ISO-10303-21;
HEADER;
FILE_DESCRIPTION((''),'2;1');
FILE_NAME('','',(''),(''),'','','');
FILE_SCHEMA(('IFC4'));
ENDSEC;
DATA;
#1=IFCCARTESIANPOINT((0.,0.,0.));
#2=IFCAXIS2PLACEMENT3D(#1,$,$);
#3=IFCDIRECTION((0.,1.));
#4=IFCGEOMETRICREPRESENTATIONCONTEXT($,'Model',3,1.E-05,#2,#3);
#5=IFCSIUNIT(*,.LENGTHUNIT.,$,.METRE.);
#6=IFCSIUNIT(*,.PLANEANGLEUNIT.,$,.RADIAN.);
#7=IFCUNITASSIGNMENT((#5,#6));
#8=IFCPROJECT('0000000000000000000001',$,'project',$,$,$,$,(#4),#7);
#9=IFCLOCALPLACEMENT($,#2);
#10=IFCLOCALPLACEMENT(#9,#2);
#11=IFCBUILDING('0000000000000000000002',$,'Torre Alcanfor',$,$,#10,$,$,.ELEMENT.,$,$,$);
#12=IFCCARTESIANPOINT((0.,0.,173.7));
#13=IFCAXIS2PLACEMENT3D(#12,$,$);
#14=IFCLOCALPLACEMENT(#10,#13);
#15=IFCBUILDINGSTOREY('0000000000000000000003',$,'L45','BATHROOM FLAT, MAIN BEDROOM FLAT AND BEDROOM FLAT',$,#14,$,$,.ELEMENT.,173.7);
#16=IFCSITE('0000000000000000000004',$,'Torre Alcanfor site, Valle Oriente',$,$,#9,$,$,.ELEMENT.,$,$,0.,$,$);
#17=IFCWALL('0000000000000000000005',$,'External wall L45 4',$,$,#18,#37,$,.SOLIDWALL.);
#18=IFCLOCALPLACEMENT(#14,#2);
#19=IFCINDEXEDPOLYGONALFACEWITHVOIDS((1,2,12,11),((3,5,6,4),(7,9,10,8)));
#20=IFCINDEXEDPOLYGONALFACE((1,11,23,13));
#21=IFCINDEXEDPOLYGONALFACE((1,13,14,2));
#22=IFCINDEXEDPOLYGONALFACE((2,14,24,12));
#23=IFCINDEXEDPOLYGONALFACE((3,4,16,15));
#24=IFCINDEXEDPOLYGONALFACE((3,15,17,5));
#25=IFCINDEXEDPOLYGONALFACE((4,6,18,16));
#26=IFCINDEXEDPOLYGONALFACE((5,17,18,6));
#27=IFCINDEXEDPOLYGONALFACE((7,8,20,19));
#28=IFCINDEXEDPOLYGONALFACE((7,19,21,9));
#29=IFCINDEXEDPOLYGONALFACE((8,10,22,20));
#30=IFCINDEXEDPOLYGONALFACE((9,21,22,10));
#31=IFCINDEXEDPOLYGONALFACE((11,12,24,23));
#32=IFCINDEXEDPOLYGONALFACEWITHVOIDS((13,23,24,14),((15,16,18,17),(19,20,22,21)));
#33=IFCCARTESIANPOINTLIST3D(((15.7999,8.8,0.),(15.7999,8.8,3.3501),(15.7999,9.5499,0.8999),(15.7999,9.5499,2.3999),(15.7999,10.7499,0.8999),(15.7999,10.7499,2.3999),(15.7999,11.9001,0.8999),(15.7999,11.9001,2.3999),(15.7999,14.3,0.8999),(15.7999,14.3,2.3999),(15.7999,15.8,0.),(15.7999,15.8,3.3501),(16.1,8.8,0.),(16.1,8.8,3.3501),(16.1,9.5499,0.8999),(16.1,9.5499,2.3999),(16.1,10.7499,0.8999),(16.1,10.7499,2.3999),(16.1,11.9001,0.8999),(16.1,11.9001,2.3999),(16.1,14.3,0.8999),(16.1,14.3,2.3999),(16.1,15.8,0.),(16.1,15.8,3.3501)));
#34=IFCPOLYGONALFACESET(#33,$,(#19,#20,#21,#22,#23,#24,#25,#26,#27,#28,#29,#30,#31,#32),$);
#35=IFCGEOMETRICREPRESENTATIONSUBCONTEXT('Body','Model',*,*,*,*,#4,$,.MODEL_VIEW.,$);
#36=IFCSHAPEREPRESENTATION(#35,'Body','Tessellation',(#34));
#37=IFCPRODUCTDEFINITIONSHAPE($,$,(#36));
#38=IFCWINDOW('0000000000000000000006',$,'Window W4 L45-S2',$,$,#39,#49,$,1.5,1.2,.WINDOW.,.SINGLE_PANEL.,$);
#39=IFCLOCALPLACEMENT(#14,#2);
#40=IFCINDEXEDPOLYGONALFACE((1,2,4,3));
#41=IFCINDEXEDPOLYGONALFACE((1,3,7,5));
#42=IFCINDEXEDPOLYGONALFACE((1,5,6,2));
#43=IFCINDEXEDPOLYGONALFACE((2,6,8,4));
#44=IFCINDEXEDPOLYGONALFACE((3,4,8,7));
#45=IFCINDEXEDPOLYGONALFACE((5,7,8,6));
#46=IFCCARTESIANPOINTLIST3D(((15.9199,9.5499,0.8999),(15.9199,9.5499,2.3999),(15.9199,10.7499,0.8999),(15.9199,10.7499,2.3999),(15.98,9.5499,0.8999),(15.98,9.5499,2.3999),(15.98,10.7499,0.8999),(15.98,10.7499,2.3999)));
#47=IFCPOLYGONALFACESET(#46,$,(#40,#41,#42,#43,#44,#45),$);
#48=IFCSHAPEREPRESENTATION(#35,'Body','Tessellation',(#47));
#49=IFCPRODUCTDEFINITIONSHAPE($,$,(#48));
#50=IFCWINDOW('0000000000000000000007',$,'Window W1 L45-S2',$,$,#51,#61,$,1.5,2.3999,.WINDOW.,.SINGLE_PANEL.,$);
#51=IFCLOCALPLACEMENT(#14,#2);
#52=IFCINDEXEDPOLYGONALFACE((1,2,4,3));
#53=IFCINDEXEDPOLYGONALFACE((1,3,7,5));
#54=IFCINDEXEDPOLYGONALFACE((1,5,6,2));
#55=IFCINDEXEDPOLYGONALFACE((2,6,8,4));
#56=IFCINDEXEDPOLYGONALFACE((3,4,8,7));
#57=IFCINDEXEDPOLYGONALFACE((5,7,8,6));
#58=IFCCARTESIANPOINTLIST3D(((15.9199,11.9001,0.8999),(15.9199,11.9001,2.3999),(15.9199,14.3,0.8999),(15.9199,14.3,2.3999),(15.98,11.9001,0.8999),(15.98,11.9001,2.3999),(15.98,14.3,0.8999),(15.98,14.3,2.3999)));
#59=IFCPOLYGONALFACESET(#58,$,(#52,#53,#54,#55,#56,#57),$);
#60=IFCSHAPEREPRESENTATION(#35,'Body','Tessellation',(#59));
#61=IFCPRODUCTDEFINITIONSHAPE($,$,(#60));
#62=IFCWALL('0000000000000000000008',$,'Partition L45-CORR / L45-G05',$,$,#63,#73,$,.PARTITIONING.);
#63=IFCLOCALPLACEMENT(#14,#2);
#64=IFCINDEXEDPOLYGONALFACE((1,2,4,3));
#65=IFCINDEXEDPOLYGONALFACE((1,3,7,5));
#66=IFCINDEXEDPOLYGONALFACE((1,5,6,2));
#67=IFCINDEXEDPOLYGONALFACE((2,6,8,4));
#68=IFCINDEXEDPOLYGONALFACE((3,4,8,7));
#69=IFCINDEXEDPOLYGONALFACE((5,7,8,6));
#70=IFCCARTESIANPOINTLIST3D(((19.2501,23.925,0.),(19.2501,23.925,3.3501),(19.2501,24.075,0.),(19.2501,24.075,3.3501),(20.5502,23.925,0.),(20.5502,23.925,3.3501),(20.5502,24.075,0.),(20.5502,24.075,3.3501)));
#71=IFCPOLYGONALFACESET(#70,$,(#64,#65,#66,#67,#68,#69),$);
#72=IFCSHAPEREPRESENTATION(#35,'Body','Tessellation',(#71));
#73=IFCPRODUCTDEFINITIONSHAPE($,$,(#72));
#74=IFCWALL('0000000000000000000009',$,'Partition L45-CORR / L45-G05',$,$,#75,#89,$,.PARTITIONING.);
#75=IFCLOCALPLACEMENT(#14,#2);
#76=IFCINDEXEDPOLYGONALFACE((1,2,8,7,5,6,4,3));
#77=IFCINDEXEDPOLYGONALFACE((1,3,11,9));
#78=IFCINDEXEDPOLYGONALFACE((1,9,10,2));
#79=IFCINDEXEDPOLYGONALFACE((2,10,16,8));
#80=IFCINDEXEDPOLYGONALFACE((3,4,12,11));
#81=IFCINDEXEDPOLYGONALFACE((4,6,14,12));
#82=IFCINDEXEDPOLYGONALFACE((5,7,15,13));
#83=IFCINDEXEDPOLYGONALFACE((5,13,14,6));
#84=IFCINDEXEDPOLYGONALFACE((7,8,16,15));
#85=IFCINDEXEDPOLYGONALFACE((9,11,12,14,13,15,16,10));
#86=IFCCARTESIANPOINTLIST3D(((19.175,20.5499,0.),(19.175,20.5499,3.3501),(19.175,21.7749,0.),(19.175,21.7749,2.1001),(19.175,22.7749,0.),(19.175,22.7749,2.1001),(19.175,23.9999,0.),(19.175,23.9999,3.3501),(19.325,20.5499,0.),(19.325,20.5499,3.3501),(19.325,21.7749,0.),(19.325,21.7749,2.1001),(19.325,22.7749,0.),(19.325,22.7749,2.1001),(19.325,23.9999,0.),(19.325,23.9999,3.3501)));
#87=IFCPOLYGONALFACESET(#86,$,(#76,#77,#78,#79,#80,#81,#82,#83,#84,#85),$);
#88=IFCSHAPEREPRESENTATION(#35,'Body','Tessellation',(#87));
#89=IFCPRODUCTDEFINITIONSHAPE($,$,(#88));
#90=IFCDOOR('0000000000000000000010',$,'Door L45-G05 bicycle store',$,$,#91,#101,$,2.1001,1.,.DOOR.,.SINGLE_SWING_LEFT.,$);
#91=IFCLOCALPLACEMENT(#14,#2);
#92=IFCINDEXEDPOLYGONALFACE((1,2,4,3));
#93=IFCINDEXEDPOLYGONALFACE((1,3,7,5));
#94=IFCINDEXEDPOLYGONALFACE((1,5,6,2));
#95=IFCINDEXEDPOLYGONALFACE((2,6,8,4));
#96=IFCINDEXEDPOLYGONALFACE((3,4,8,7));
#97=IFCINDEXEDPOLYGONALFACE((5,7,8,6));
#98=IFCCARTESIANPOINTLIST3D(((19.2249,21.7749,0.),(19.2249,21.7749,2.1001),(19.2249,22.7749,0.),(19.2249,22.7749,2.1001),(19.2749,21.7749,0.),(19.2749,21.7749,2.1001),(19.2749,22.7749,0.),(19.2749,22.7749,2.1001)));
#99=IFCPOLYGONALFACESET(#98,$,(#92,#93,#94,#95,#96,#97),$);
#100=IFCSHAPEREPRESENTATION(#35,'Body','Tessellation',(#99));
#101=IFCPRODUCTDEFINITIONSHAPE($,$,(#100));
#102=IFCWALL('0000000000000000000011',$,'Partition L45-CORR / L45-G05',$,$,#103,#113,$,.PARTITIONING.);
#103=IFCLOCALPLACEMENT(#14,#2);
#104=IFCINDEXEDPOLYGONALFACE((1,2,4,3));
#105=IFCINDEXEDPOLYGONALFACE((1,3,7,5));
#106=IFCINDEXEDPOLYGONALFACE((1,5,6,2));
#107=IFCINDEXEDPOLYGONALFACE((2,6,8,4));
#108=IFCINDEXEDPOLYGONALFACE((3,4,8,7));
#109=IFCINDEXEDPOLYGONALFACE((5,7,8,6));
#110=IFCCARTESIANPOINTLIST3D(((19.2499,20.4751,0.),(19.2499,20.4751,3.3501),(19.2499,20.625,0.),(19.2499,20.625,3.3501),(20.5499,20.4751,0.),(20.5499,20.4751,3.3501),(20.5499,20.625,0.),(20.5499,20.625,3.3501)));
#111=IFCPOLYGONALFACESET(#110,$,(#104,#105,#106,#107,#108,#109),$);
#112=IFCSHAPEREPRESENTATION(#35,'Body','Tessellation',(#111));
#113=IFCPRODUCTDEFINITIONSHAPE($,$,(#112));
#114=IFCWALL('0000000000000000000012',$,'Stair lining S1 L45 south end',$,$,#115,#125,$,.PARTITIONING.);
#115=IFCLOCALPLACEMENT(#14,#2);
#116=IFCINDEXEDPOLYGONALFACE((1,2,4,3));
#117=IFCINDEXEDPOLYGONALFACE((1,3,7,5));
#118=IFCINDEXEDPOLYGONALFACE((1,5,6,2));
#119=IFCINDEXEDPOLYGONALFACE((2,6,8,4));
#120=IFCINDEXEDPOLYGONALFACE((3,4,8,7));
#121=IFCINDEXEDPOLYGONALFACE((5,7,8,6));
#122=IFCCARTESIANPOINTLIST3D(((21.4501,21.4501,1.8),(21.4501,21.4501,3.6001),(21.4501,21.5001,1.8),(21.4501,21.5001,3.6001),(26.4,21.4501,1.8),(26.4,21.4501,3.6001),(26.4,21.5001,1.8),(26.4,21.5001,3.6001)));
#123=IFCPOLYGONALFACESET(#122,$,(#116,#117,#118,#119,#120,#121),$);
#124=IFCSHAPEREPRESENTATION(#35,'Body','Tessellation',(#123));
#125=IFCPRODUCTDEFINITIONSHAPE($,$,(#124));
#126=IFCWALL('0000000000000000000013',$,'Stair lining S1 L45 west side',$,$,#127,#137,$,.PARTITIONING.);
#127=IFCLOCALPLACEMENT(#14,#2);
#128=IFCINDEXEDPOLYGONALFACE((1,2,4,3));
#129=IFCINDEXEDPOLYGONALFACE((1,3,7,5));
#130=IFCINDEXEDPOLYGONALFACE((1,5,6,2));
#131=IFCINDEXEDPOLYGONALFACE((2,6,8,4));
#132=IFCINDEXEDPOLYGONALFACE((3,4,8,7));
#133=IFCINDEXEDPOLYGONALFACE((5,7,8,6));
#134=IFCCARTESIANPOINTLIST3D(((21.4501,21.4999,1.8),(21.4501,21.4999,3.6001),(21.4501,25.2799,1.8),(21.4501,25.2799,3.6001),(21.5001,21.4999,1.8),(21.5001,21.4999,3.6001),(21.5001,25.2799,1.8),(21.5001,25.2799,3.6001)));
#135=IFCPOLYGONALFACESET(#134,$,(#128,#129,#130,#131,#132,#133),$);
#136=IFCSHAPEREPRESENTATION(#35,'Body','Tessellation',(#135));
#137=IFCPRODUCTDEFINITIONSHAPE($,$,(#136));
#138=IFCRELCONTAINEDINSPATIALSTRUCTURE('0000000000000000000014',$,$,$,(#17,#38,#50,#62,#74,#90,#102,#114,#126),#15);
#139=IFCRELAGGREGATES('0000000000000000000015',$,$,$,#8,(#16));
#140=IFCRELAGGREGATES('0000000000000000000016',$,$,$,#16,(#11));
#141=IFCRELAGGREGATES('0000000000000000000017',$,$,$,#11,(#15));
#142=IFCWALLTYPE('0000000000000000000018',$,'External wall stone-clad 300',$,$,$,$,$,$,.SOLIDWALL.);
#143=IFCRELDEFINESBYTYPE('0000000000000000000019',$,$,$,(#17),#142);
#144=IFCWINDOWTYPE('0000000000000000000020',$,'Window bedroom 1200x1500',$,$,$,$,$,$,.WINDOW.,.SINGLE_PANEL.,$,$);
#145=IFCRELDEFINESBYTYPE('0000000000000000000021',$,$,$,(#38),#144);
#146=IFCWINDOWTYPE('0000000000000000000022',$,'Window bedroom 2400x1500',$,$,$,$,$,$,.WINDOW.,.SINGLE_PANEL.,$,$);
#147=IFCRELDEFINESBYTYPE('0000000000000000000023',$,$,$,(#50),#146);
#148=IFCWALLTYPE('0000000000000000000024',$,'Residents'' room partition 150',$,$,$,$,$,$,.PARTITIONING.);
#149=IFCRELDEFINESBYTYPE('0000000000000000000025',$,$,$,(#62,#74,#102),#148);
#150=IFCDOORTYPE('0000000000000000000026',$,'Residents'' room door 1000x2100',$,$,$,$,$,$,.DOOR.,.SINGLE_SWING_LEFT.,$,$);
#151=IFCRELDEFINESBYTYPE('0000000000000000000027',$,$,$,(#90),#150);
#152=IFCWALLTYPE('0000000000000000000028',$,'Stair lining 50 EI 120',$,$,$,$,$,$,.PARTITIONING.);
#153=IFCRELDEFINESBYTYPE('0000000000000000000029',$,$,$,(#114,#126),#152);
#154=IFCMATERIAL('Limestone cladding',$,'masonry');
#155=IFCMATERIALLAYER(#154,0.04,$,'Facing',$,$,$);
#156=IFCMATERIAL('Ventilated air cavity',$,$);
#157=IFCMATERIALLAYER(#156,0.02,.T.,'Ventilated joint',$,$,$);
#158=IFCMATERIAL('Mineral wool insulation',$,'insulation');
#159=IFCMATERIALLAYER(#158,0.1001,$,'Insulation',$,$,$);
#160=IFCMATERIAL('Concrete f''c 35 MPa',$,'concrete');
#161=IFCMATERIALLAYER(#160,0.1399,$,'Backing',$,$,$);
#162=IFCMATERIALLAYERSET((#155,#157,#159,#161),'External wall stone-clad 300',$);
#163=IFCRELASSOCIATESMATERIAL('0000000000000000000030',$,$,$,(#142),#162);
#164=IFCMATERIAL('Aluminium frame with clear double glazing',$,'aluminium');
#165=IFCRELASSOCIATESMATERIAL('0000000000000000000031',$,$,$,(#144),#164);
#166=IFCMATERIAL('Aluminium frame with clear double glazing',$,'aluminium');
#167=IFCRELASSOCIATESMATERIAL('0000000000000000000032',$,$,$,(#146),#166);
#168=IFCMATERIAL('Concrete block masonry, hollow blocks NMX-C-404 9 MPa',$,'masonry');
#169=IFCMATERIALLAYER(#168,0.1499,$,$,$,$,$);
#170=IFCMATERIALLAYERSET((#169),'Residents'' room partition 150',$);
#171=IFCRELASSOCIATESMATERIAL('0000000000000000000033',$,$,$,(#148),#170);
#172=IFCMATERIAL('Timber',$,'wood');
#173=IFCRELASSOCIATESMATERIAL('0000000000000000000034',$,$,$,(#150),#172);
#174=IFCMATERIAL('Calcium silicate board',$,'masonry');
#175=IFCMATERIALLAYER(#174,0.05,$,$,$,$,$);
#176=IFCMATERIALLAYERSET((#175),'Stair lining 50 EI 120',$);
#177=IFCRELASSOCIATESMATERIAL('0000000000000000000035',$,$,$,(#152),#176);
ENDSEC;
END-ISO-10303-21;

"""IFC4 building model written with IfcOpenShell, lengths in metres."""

from ifc_helpers import new_model, si_unit, direction, frame, frame_2d, origin, place, context, subcontext, project, spatial, rectangle, extrude, material, layer, layer_set, type_object, element, fill, save


model = new_model("IFC4")

# Units and contexts
model_context = context("Model", 3, precision=1e-05, world=origin(), true_north=direction((0.0, 1.0)))
body_context = subcontext(model_context, "Body", "Model", "MODEL_VIEW")
ifc_project = project(units=[si_unit("LENGTHUNIT", "METRE"), si_unit("PLANEANGLEUNIT", "RADIAN")], contexts=[model_context])

# Site, building, storey
site_placement = place(None, origin())
site = spatial("IfcSite", under=ifc_project, at=site_placement, Name="Torre Alcanfor site, Valle Oriente", CompositionType="ELEMENT", RefElevation=0.0)
building_placement = place(site_placement, origin())
building = spatial("IfcBuilding", under=site, at=building_placement, Name="Torre Alcanfor", CompositionType="ELEMENT")
storey_placement = place(building_placement, frame((0.0, 0.0, 173.7)))
storey = spatial("IfcBuildingStorey", under=building, at=storey_placement, Name="L45", Description="BATHROOM FLAT, MAIN BEDROOM FLAT AND BEDROOM FLAT", CompositionType="ELEMENT", Elevation=173.7)

# Wall, openings, windows
ifc_material_1 = material(Name="Limestone cladding", Category="masonry")
ifc_layer_1 = layer(ifc_material_1, 0.04, Name="Facing")
ifc_material_2 = material(Name="Ventilated air cavity")
ifc_layer_2 = layer(ifc_material_2, 0.02, ventilated=True, Name="Ventilated joint")
ifc_material_3 = material(Name="Mineral wool insulation", Category="insulation")
ifc_layer_3 = layer(ifc_material_3, 0.1001, Name="Insulation")
ifc_material_4 = material(Name="Concrete f'c 35 MPa", Category="concrete")
ifc_layer_4 = layer(ifc_material_4, 0.1399, Name="Backing")
ifc_layer_set_1 = layer_set([ifc_layer_1, ifc_layer_2, ifc_layer_3, ifc_layer_4], Name="External wall stone-clad 300")
wall_type_1 = type_object("IfcWallType", Name="External wall stone-clad 300", PredefinedType="SOLIDWALL", material=ifc_layer_set_1)
wall_1_placement = place(storey_placement, frame((15.95, 15.8, 0.0), z_axis=(0.0, 0.0, 1.0), x_axis=(0.0, -1.0, 0.0)))
wall_1 = element("IfcWall", 1, at=wall_1_placement, inside=storey, type_object=wall_type_1, Name="External wall L45 4", PredefinedType="SOLIDWALL", context=body_context, shape_type="SweptSolid", body=[
    extrude(rectangle(XDim=7.0, YDim=0.3, at=frame_2d((3.5, 0.0))), origin(), (0.0, 0.0, 1.0), 3.3501),
])
opening_1_placement = place(wall_1_placement, frame((1.5, 0.0, 0.8999)))
opening_1 = element("IfcOpeningElement", 2, at=opening_1_placement, cuts=wall_1, PredefinedType="OPENING", context=body_context, shape_type="SweptSolid", body=[
    extrude(rectangle(XDim=2.3999, YDim=1.5, at=frame_2d((1.2, 0.75))), frame((0.0, 0.1599, 0.0), z_axis=(0.0, -1.0, 0.0), x_axis=(1.0, 0.0, 0.0)), (0.0, 0.0, 1.0), 0.3201),
])
opening_2_placement = place(wall_1_placement, frame((5.05, 0.0, 0.8999)))
opening_2 = element("IfcOpeningElement", 3, at=opening_2_placement, cuts=wall_1, PredefinedType="OPENING", context=body_context, shape_type="SweptSolid", body=[
    extrude(rectangle(XDim=1.2, YDim=1.5, at=frame_2d((0.6001, 0.75))), frame((0.0, 0.1599, 0.0), z_axis=(0.0, -1.0, 0.0), x_axis=(1.0, 0.0, 0.0)), (0.0, 0.0, 1.0), 0.3201),
])
ifc_material_5 = material(Name="Aluminium frame with clear double glazing", Category="aluminium")
window_type_1 = type_object("IfcWindowType", Name="Window bedroom 1200x1500", PartitioningType="SINGLE_PANEL", PredefinedType="WINDOW", material=ifc_material_5)
window_1_placement = place(opening_2_placement, origin())
window_1 = element("IfcWindow", 4, at=window_1_placement, inside=storey, type_object=window_type_1, Name="Window W4 L45-S2", OverallHeight=1.5, OverallWidth=1.2, PartitioningType="SINGLE_PANEL", PredefinedType="WINDOW", context=body_context, shape_type="SweptSolid", body=[
    extrude(rectangle(XDim=1.2, YDim=1.5, at=frame_2d((0.6001, 0.75))), frame((0.0, 0.03, 0.0), z_axis=(0.0, -1.0, 0.0), x_axis=(1.0, 0.0, 0.0)), (0.0, 0.0, 1.0), 0.0601),
])
fill(opening_2, window_1)
ifc_material_6 = material(Name="Aluminium frame with clear double glazing", Category="aluminium")
window_type_2 = type_object("IfcWindowType", Name="Window bedroom 2400x1500", PartitioningType="SINGLE_PANEL", PredefinedType="WINDOW", material=ifc_material_6)
window_2_placement = place(opening_1_placement, origin())
window_2 = element("IfcWindow", 5, at=window_2_placement, inside=storey, type_object=window_type_2, Name="Window W1 L45-S2", OverallHeight=1.5, OverallWidth=2.3999, PartitioningType="SINGLE_PANEL", PredefinedType="WINDOW", context=body_context, shape_type="SweptSolid", body=[
    extrude(rectangle(XDim=2.3999, YDim=1.5, at=frame_2d((1.2, 0.75))), frame((0.0, 0.03, 0.0), z_axis=(0.0, -1.0, 0.0), x_axis=(1.0, 0.0, 0.0)), (0.0, 0.0, 1.0), 0.0601),
])
fill(opening_1, window_2)

# Wall
ifc_material_7 = material(Name="Concrete block masonry, hollow blocks NMX-C-404 9 MPa", Category="masonry")
ifc_layer_5 = layer(ifc_material_7, 0.1499)
ifc_layer_set_2 = layer_set([ifc_layer_5], Name="Residents' room partition 150")
wall_type_2 = type_object("IfcWallType", Name="Residents' room partition 150", PredefinedType="PARTITIONING", material=ifc_layer_set_2)
wall_2_placement = place(storey_placement, frame((20.55, 24.0, 0.0), z_axis=(0.0, 0.0, 1.0), x_axis=(-1.0, 0.0, 0.0)))
element("IfcWall", 6, at=wall_2_placement, inside=storey, type_object=wall_type_2, Name="Partition L45-CORR / L45-G05", PredefinedType="PARTITIONING", context=body_context, shape_type="SweptSolid", body=[
    extrude(rectangle(XDim=1.3, YDim=0.1499, at=frame_2d((0.6499, 0.0))), origin(), (0.0, 0.0, 1.0), 3.3501),
])

# Wall, opening, door
wall_3_placement = place(storey_placement, frame((19.25, 24.0, 0.0), z_axis=(0.0, 0.0, 1.0), x_axis=(0.0, -1.0, 0.0)))
wall_3 = element("IfcWall", 7, at=wall_3_placement, inside=storey, type_object=wall_type_2, Name="Partition L45-CORR / L45-G05", PredefinedType="PARTITIONING", context=body_context, shape_type="SweptSolid", body=[
    extrude(rectangle(XDim=3.45, YDim=0.1499, at=frame_2d((1.7251, 0.0))), origin(), (0.0, 0.0, 1.0), 3.3501),
])
opening_3_placement = place(wall_3_placement, frame((1.2251, 0.0, 0.0)))
opening_3 = element("IfcOpeningElement", 8, at=opening_3_placement, cuts=wall_3, PredefinedType="OPENING", context=body_context, shape_type="SweptSolid", body=[
    extrude(rectangle(XDim=1.0, YDim=2.1001, at=frame_2d((0.5, 1.05))), frame((0.0, 0.085, 0.0), z_axis=(0.0, -1.0, 0.0), x_axis=(1.0, 0.0, 0.0)), (0.0, 0.0, 1.0), 0.1699),
])
ifc_material_8 = material(Name="Timber", Category="wood")
door_type = type_object("IfcDoorType", Name="Residents' room door 1000x2100", OperationType="SINGLE_SWING_LEFT", PredefinedType="DOOR", material=ifc_material_8)
door_placement = place(opening_3_placement, origin())
door = element("IfcDoor", 9, at=door_placement, inside=storey, type_object=door_type, Name="Door L45-G05 bicycle store", OperationType="SINGLE_SWING_LEFT", OverallHeight=2.1001, OverallWidth=1.0, PredefinedType="DOOR", context=body_context, shape_type="SweptSolid", body=[
    extrude(rectangle(XDim=1.0, YDim=2.1001, at=frame_2d((0.5, 1.05))), frame((0.0, 0.0249, 0.0), z_axis=(0.0, -1.0, 0.0), x_axis=(1.0, 0.0, 0.0)), (0.0, 0.0, 1.0), 0.05),
])
fill(opening_3, door)

# Walls
wall_4_placement = place(storey_placement, frame((19.25, 20.55, 0.0), z_axis=(0.0, 0.0, 1.0), x_axis=(1.0, 0.0, 0.0)))
element("IfcWall", 10, at=wall_4_placement, inside=storey, type_object=wall_type_2, Name="Partition L45-CORR / L45-G05", PredefinedType="PARTITIONING", context=body_context, shape_type="SweptSolid", body=[
    extrude(rectangle(XDim=1.3, YDim=0.1499, at=frame_2d((0.6499, 0.0))), origin(), (0.0, 0.0, 1.0), 3.3501),
])
ifc_material_9 = material(Name="Calcium silicate board", Category="masonry")
ifc_layer_6 = layer(ifc_material_9, 0.05)
ifc_layer_set_3 = layer_set([ifc_layer_6], Name="Stair lining 50 EI 120")
wall_type_3 = type_object("IfcWallType", Name="Stair lining 50 EI 120", PredefinedType="PARTITIONING", material=ifc_layer_set_3)
wall_5_placement = place(storey_placement, frame((21.45, 21.4751, 1.8), z_axis=(0.0, 0.0, 1.0), x_axis=(1.0, 0.0, 0.0)))
element("IfcWall", 11, at=wall_5_placement, inside=storey, type_object=wall_type_3, Name="Stair lining S1 L45 south end", PredefinedType="PARTITIONING", context=body_context, shape_type="SweptSolid", body=[
    extrude(rectangle(XDim=4.95, YDim=0.05, at=frame_2d((2.4751, 0.0))), origin(), (0.0, 0.0, 1.0), 1.8),
])
wall_6_placement = place(storey_placement, frame((21.4751, 25.28, 1.8), z_axis=(0.0, 0.0, 1.0), x_axis=(0.0, -1.0, 0.0)))
element("IfcWall", 12, at=wall_6_placement, inside=storey, type_object=wall_type_3, Name="Stair lining S1 L45 west side", PredefinedType="PARTITIONING", context=body_context, shape_type="SweptSolid", body=[
    extrude(rectangle(XDim=3.78, YDim=0.05, at=frame_2d((1.8901, 0.0))), origin(), (0.0, 0.0, 1.0), 1.8),
])

save(model, "model.ifc")
